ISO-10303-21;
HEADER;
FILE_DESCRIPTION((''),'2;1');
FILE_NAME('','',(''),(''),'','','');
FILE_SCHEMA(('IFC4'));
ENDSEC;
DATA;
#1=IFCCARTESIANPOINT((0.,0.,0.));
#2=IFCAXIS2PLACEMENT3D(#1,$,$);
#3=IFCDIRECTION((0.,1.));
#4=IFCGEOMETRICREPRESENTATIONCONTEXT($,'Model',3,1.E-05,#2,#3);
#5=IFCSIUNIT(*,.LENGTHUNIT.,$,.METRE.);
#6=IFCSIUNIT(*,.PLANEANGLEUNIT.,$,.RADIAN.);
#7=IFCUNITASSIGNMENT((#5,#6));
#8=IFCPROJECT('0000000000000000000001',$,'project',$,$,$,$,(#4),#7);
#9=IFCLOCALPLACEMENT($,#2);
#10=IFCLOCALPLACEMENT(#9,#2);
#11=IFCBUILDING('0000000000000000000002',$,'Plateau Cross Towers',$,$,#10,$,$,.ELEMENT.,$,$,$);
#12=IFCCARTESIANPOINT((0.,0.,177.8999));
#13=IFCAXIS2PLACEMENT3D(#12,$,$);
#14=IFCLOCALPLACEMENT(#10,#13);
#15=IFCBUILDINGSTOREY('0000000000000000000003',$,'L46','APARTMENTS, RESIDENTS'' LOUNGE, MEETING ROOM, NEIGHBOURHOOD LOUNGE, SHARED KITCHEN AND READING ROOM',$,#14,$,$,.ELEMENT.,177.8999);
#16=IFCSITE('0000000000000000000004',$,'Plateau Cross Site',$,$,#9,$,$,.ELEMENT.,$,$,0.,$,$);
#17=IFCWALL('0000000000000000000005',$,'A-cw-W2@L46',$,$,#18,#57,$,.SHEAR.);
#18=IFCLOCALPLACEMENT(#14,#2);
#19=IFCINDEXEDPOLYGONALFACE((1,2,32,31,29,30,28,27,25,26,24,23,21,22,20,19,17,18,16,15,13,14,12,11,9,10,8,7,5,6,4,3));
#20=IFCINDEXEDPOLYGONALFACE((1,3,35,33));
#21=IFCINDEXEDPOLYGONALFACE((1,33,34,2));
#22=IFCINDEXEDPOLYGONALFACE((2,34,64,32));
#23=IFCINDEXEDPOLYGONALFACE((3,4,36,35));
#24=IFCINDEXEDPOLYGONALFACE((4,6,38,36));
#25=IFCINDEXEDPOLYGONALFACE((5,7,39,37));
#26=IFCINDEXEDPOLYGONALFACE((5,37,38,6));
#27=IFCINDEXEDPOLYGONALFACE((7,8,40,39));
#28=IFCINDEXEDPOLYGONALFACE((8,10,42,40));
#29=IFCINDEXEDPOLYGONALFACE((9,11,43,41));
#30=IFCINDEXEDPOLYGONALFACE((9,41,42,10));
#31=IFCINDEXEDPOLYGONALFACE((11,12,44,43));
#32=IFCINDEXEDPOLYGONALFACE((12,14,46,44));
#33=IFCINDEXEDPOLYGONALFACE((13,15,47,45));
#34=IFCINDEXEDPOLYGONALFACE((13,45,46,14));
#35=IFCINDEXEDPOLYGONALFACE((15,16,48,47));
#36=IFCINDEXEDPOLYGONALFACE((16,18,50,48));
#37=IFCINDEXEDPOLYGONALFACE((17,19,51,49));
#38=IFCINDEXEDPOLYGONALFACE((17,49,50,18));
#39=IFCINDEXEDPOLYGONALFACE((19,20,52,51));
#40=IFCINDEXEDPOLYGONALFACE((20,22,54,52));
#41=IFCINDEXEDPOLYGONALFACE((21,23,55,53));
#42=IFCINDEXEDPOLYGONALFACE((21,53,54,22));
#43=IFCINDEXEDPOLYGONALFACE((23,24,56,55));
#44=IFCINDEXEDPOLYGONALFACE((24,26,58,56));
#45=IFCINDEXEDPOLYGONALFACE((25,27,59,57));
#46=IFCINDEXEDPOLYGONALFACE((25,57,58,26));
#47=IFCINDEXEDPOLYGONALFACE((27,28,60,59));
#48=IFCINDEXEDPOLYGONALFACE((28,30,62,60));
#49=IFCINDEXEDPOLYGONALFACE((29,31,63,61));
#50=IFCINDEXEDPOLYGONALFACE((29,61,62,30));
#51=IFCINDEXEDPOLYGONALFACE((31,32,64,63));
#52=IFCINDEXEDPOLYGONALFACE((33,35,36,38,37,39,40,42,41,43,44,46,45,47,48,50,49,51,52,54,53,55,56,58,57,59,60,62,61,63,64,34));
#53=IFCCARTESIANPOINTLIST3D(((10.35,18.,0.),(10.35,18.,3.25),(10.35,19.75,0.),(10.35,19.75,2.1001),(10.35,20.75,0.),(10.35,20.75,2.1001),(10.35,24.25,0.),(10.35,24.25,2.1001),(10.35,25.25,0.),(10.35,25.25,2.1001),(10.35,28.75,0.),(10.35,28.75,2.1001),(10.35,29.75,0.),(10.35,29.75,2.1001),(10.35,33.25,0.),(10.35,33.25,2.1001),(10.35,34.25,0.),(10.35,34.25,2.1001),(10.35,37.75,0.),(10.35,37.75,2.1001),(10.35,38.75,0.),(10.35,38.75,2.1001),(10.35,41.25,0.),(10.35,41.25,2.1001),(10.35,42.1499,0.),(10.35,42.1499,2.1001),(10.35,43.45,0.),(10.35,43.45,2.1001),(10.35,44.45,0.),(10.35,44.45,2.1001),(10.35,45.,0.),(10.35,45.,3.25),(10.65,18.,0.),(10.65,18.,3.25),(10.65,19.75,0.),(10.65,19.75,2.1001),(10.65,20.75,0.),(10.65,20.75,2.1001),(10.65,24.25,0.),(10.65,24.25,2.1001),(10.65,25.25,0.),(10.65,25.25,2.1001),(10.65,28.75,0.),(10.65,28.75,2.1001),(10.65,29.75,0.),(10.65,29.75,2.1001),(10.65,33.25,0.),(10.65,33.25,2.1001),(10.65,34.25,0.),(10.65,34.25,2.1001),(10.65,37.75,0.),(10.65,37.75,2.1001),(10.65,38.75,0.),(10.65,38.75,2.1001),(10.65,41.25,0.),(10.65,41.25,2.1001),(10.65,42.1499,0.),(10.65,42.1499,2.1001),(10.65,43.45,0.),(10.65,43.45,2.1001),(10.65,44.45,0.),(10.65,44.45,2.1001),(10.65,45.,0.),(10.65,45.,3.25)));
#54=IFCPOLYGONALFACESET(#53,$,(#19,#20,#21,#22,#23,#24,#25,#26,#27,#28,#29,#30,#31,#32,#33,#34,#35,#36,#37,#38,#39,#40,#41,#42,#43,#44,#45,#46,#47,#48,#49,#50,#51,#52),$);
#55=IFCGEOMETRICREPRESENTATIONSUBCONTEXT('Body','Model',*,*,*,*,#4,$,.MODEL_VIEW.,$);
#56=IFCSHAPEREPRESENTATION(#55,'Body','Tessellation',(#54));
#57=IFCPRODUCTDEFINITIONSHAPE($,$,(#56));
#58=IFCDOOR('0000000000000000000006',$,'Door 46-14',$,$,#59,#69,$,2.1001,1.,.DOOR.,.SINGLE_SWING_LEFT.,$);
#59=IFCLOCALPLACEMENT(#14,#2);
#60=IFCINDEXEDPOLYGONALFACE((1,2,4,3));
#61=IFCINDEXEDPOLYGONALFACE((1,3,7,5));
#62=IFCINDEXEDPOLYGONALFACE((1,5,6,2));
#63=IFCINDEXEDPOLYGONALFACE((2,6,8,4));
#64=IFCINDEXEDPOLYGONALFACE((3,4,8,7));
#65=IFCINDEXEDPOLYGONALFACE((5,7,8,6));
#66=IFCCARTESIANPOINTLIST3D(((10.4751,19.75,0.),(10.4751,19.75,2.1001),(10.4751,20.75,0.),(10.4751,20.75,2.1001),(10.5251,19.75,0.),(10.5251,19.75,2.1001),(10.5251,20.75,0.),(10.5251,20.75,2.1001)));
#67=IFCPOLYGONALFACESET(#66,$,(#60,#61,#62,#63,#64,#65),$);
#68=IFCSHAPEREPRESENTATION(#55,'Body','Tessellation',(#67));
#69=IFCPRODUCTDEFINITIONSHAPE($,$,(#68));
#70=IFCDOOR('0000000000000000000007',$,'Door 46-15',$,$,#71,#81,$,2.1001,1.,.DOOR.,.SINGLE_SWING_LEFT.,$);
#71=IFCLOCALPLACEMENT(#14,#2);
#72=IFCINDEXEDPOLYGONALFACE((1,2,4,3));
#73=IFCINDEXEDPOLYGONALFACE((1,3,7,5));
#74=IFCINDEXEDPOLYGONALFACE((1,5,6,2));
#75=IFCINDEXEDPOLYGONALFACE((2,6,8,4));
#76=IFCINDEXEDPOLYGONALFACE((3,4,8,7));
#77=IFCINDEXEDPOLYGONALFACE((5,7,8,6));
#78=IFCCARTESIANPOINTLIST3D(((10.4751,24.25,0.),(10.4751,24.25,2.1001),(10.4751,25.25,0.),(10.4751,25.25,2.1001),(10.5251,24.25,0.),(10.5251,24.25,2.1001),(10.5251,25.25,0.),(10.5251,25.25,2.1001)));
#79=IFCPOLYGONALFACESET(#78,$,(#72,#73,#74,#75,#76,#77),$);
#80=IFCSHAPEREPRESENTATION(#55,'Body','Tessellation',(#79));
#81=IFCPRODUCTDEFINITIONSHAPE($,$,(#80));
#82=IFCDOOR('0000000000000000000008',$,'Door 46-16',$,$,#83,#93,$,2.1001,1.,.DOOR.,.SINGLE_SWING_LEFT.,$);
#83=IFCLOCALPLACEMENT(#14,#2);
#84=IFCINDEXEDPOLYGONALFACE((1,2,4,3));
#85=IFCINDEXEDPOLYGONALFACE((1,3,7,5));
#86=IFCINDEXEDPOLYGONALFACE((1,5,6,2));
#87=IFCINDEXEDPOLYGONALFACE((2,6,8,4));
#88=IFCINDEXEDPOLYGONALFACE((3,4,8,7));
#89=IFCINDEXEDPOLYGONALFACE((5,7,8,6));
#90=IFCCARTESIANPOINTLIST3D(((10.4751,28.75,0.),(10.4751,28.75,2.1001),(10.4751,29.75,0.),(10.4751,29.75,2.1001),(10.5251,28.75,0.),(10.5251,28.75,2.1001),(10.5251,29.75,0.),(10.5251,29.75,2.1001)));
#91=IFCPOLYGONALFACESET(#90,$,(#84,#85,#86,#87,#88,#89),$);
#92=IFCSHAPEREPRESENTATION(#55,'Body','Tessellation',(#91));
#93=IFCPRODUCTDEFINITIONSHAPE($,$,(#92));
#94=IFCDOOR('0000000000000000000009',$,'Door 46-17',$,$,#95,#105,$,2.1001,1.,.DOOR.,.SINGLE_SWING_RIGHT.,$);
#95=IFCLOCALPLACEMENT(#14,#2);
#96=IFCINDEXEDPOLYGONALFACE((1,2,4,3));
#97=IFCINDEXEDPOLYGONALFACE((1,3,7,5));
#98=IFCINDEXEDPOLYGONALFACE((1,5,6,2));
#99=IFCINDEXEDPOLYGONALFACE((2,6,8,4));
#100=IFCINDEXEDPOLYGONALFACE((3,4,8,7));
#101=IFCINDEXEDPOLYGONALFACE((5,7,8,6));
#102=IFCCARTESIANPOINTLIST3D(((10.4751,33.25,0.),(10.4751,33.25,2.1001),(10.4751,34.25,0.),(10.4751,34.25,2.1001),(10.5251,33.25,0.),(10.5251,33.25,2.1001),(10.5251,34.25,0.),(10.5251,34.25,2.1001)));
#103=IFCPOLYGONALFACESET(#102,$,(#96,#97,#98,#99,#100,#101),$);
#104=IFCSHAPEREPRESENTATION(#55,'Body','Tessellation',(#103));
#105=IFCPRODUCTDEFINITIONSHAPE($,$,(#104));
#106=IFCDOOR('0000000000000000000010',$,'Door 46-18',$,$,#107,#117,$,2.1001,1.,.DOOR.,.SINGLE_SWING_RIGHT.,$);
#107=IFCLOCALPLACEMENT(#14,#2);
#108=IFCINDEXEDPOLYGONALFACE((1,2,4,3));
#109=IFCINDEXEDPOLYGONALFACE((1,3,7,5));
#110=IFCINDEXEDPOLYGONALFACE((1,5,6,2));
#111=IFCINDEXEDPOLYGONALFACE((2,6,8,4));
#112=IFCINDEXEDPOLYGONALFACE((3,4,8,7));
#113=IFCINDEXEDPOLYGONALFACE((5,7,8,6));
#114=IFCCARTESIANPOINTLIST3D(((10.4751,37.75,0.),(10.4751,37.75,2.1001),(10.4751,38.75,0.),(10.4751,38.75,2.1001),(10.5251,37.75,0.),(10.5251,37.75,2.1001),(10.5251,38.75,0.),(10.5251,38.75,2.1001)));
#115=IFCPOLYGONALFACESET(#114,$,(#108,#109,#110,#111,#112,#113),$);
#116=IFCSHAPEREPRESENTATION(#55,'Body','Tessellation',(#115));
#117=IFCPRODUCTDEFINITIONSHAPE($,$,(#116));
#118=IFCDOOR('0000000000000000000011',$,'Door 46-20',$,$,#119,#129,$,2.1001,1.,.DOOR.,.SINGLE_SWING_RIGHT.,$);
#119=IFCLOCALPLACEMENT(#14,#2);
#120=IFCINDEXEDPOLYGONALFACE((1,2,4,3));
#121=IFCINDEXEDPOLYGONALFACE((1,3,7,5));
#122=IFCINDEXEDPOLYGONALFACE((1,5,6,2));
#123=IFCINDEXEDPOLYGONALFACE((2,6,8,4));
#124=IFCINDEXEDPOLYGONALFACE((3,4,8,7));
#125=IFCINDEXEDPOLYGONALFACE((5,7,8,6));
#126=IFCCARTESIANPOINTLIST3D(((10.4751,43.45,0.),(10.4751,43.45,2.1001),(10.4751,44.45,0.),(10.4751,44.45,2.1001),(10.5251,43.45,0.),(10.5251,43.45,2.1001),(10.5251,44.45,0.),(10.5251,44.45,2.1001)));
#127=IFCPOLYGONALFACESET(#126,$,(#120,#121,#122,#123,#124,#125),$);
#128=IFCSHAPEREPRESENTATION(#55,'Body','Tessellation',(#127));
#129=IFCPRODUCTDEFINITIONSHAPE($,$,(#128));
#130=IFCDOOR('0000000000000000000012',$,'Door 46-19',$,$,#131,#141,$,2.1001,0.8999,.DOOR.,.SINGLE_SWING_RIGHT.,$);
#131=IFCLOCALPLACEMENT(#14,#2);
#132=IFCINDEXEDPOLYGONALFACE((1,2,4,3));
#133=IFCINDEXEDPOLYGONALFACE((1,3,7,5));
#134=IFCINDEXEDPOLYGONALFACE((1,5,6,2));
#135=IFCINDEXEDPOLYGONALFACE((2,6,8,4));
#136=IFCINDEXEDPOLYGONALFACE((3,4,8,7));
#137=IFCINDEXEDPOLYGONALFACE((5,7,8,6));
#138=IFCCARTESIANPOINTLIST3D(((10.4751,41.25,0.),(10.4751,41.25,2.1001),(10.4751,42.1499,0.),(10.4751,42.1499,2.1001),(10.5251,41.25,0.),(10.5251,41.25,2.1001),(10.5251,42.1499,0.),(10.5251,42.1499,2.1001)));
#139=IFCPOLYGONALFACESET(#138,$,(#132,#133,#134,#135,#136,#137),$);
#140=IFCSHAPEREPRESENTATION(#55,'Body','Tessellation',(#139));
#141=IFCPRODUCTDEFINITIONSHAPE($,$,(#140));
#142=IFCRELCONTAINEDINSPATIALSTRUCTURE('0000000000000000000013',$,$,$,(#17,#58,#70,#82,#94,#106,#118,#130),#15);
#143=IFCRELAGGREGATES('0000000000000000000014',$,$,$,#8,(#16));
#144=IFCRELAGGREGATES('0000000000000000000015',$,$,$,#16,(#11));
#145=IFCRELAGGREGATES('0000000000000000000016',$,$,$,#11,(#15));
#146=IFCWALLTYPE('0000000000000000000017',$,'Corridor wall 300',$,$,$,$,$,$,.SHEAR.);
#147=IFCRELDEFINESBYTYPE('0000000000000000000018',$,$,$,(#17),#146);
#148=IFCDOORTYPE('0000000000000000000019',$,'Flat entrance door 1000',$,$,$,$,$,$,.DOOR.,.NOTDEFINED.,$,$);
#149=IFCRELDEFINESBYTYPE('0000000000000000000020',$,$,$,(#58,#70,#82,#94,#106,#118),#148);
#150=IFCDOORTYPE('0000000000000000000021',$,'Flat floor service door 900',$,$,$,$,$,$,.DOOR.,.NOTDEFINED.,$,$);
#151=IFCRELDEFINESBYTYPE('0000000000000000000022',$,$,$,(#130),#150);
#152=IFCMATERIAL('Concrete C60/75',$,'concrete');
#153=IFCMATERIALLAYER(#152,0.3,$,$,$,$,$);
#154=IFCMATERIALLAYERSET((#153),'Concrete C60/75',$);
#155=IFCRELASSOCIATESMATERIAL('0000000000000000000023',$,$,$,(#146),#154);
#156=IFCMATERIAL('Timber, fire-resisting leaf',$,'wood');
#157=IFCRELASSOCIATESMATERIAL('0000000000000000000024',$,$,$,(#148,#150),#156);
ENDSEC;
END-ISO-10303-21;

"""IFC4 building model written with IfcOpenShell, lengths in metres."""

from ifc_helpers import new_model, si_unit, direction, frame, frame_2d, origin, place, context, subcontext, project, spatial, rectangle, extrude, material, layer, layer_set, type_object, element, fill, save


model = new_model("IFC4")

# Units and contexts
model_context = context("Model", 3, precision=1e-05, world=origin(), true_north=direction((0.0, 1.0)))
body_context = subcontext(model_context, "Body", "Model", "MODEL_VIEW")
ifc_project = project(units=[si_unit("LENGTHUNIT", "METRE"), si_unit("PLANEANGLEUNIT", "RADIAN")], contexts=[model_context])

# Site, building, storey
site_placement = place(None, origin())
site = spatial("IfcSite", under=ifc_project, at=site_placement, Name="Plateau Cross Site", CompositionType="ELEMENT", RefElevation=0.0)
building_placement = place(site_placement, origin())
building = spatial("IfcBuilding", under=site, at=building_placement, Name="Plateau Cross Towers", CompositionType="ELEMENT")
storey_placement = place(building_placement, frame((0.0, 0.0, 177.8999)))
storey = spatial("IfcBuildingStorey", under=building, at=storey_placement, Name="L46", Description="APARTMENTS, RESIDENTS' LOUNGE, MEETING ROOM, NEIGHBOURHOOD LOUNGE, SHARED KITCHEN AND READING ROOM", CompositionType="ELEMENT", Elevation=177.8999)

# Shared definitions
ifc_material_1 = material(Name="Concrete C60/75", Category="concrete")

# Wall, openings, doors
ifc_layer_1 = layer(ifc_material_1, 0.3)
ifc_layer_set_1 = layer_set([ifc_layer_1], Name="Concrete C60/75")
wall_type_1 = type_object("IfcWallType", Name="Corridor wall 300", PredefinedType="SHEAR", material=ifc_layer_set_1)
wall_1_placement = place(storey_placement, frame((10.5, 18.0, 0.0), z_axis=(0.0, 0.0, 1.0), x_axis=(0.0, 1.0, 0.0)))
wall_1 = element("IfcWall", 1, at=wall_1_placement, inside=storey, type_object=wall_type_1, Name="A-cw-W2@L46", PredefinedType="SHEAR", context=body_context, shape_type="SweptSolid", body=[
    extrude(rectangle(XDim=27.0, YDim=0.3, at=frame_2d((13.5, 0.0))), origin(), (0.0, 0.0, 1.0), 3.25),
])
opening_1_placement = place(wall_1_placement, frame((1.75, 0.0, 0.0)))
opening_1 = element("IfcOpeningElement", 2, at=opening_1_placement, cuts=wall_1, PredefinedType="OPENING", context=body_context, shape_type="SweptSolid", body=[
    extrude(rectangle(XDim=1.0, YDim=2.1001, at=frame_2d((0.5, 1.05))), frame((0.0, 0.1599, 0.0), z_axis=(0.0, -1.0, 0.0), x_axis=(1.0, 0.0, 0.0)), (0.0, 0.0, 1.0), 0.3201),
])
opening_2_placement = place(wall_1_placement, frame((6.25, 0.0, 0.0)))
opening_2 = element("IfcOpeningElement", 3, at=opening_2_placement, cuts=wall_1, PredefinedType="OPENING", context=body_context, shape_type="SweptSolid", body=[
    extrude(rectangle(XDim=1.0, YDim=2.1001, at=frame_2d((0.5, 1.05))), frame((0.0, 0.1599, 0.0), z_axis=(0.0, -1.0, 0.0), x_axis=(1.0, 0.0, 0.0)), (0.0, 0.0, 1.0), 0.3201),
])
opening_3_placement = place(wall_1_placement, frame((10.75, 0.0, 0.0)))
opening_3 = element("IfcOpeningElement", 4, at=opening_3_placement, cuts=wall_1, PredefinedType="OPENING", context=body_context, shape_type="SweptSolid", body=[
    extrude(rectangle(XDim=1.0, YDim=2.1001, at=frame_2d((0.5, 1.05))), frame((0.0, 0.1599, 0.0), z_axis=(0.0, -1.0, 0.0), x_axis=(1.0, 0.0, 0.0)), (0.0, 0.0, 1.0), 0.3201),
])
opening_4_placement = place(wall_1_placement, frame((15.25, 0.0, 0.0)))
opening_4 = element("IfcOpeningElement", 5, at=opening_4_placement, cuts=wall_1, PredefinedType="OPENING", context=body_context, shape_type="SweptSolid", body=[
    extrude(rectangle(XDim=1.0, YDim=2.1001, at=frame_2d((0.5, 1.05))), frame((0.0, 0.1599, 0.0), z_axis=(0.0, -1.0, 0.0), x_axis=(1.0, 0.0, 0.0)), (0.0, 0.0, 1.0), 0.3201),
])
opening_5_placement = place(wall_1_placement, frame((19.75, 0.0, 0.0)))
opening_5 = element("IfcOpeningElement", 6, at=opening_5_placement, cuts=wall_1, PredefinedType="OPENING", context=body_context, shape_type="SweptSolid", body=[
    extrude(rectangle(XDim=1.0, YDim=2.1001, at=frame_2d((0.5, 1.05))), frame((0.0, 0.1599, 0.0), z_axis=(0.0, -1.0, 0.0), x_axis=(1.0, 0.0, 0.0)), (0.0, 0.0, 1.0), 0.3201),
])
opening_6_placement = place(wall_1_placement, frame((23.25, 0.0, 0.0)))
opening_6 = element("IfcOpeningElement", 7, at=opening_6_placement, cuts=wall_1, PredefinedType="OPENING", context=body_context, shape_type="SweptSolid", body=[
    extrude(rectangle(XDim=0.8999, YDim=2.1001, at=frame_2d((0.45, 1.05))), frame((0.0, 0.1599, 0.0), z_axis=(0.0, -1.0, 0.0), x_axis=(1.0, 0.0, 0.0)), (0.0, 0.0, 1.0), 0.3201),
])
opening_7_placement = place(wall_1_placement, frame((25.45, 0.0, 0.0)))
opening_7 = element("IfcOpeningElement", 8, at=opening_7_placement, cuts=wall_1, PredefinedType="OPENING", context=body_context, shape_type="SweptSolid", body=[
    extrude(rectangle(XDim=1.0, YDim=2.1001, at=frame_2d((0.5, 1.05))), frame((0.0, 0.1599, 0.0), z_axis=(0.0, -1.0, 0.0), x_axis=(1.0, 0.0, 0.0)), (0.0, 0.0, 1.0), 0.3201),
])
ifc_material_2 = material(Name="Timber, fire-resisting leaf", Category="wood")
door_type_1 = type_object("IfcDoorType", Name="Flat entrance door 1000", OperationType="NOTDEFINED", PredefinedType="DOOR", material=ifc_material_2)
door_1_placement = place(opening_1_placement, origin())
door_1 = element("IfcDoor", 9, at=door_1_placement, inside=storey, type_object=door_type_1, Name="Door 46-14", OperationType="SINGLE_SWING_LEFT", OverallHeight=2.1001, OverallWidth=1.0, PredefinedType="DOOR", context=body_context, shape_type="SweptSolid", body=[
    extrude(rectangle(XDim=1.0, YDim=2.1001, at=frame_2d((0.5, 1.05))), frame((0.0, 0.0249, 0.0), z_axis=(0.0, -1.0, 0.0), x_axis=(1.0, 0.0, 0.0)), (0.0, 0.0, 1.0), 0.05),
])
fill(opening_1, door_1)
door_2_placement = place(opening_2_placement, origin())
door_2 = element("IfcDoor", 10, at=door_2_placement, inside=storey, type_object=door_type_1, Name="Door 46-15", OperationType="SINGLE_SWING_LEFT", OverallHeight=2.1001, OverallWidth=1.0, PredefinedType="DOOR", context=body_context, shape_type="SweptSolid", body=[
    extrude(rectangle(XDim=1.0, YDim=2.1001, at=frame_2d((0.5, 1.05))), frame((0.0, 0.0249, 0.0), z_axis=(0.0, -1.0, 0.0), x_axis=(1.0, 0.0, 0.0)), (0.0, 0.0, 1.0), 0.05),
])
fill(opening_2, door_2)
door_3_placement = place(opening_3_placement, origin())
door_3 = element("IfcDoor", 11, at=door_3_placement, inside=storey, type_object=door_type_1, Name="Door 46-16", OperationType="SINGLE_SWING_LEFT", OverallHeight=2.1001, OverallWidth=1.0, PredefinedType="DOOR", context=body_context, shape_type="SweptSolid", body=[
    extrude(rectangle(XDim=1.0, YDim=2.1001, at=frame_2d((0.5, 1.05))), frame((0.0, 0.0249, 0.0), z_axis=(0.0, -1.0, 0.0), x_axis=(1.0, 0.0, 0.0)), (0.0, 0.0, 1.0), 0.05),
])
fill(opening_3, door_3)
door_4_placement = place(opening_4_placement, origin())
door_4 = element("IfcDoor", 12, at=door_4_placement, inside=storey, type_object=door_type_1, Name="Door 46-17", OperationType="SINGLE_SWING_RIGHT", OverallHeight=2.1001, OverallWidth=1.0, PredefinedType="DOOR", context=body_context, shape_type="SweptSolid", body=[
    extrude(rectangle(XDim=1.0, YDim=2.1001, at=frame_2d((0.5, 1.05))), frame((0.0, 0.0249, 0.0), z_axis=(0.0, -1.0, 0.0), x_axis=(1.0, 0.0, 0.0)), (0.0, 0.0, 1.0), 0.05),
])
fill(opening_4, door_4)
door_5_placement = place(opening_5_placement, origin())
door_5 = element("IfcDoor", 13, at=door_5_placement, inside=storey, type_object=door_type_1, Name="Door 46-18", OperationType="SINGLE_SWING_RIGHT", OverallHeight=2.1001, OverallWidth=1.0, PredefinedType="DOOR", context=body_context, shape_type="SweptSolid", body=[
    extrude(rectangle(XDim=1.0, YDim=2.1001, at=frame_2d((0.5, 1.05))), frame((0.0, 0.0249, 0.0), z_axis=(0.0, -1.0, 0.0), x_axis=(1.0, 0.0, 0.0)), (0.0, 0.0, 1.0), 0.05),
])
fill(opening_5, door_5)
door_6_placement = place(opening_7_placement, origin())
door_6 = element("IfcDoor", 14, at=door_6_placement, inside=storey, type_object=door_type_1, Name="Door 46-20", OperationType="SINGLE_SWING_RIGHT", OverallHeight=2.1001, OverallWidth=1.0, PredefinedType="DOOR", context=body_context, shape_type="SweptSolid", body=[
    extrude(rectangle(XDim=1.0, YDim=2.1001, at=frame_2d((0.5, 1.05))), frame((0.0, 0.0249, 0.0), z_axis=(0.0, -1.0, 0.0), x_axis=(1.0, 0.0, 0.0)), (0.0, 0.0, 1.0), 0.05),
])
fill(opening_7, door_6)
door_type_2 = type_object("IfcDoorType", Name="Flat floor service door 900", OperationType="NOTDEFINED", PredefinedType="DOOR", material=ifc_material_2)
door_7_placement = place(opening_6_placement, origin())
door_7 = element("IfcDoor", 15, at=door_7_placement, inside=storey, type_object=door_type_2, Name="Door 46-19", OperationType="SINGLE_SWING_RIGHT", OverallHeight=2.1001, OverallWidth=0.8999, PredefinedType="DOOR", context=body_context, shape_type="SweptSolid", body=[
    extrude(rectangle(XDim=0.8999, YDim=2.1001, at=frame_2d((0.45, 1.05))), frame((0.0, 0.0249, 0.0), z_axis=(0.0, -1.0, 0.0), x_axis=(1.0, 0.0, 0.0)), (0.0, 0.0, 1.0), 0.05),
])
fill(opening_6, door_7)

save(model, "model.ifc")
